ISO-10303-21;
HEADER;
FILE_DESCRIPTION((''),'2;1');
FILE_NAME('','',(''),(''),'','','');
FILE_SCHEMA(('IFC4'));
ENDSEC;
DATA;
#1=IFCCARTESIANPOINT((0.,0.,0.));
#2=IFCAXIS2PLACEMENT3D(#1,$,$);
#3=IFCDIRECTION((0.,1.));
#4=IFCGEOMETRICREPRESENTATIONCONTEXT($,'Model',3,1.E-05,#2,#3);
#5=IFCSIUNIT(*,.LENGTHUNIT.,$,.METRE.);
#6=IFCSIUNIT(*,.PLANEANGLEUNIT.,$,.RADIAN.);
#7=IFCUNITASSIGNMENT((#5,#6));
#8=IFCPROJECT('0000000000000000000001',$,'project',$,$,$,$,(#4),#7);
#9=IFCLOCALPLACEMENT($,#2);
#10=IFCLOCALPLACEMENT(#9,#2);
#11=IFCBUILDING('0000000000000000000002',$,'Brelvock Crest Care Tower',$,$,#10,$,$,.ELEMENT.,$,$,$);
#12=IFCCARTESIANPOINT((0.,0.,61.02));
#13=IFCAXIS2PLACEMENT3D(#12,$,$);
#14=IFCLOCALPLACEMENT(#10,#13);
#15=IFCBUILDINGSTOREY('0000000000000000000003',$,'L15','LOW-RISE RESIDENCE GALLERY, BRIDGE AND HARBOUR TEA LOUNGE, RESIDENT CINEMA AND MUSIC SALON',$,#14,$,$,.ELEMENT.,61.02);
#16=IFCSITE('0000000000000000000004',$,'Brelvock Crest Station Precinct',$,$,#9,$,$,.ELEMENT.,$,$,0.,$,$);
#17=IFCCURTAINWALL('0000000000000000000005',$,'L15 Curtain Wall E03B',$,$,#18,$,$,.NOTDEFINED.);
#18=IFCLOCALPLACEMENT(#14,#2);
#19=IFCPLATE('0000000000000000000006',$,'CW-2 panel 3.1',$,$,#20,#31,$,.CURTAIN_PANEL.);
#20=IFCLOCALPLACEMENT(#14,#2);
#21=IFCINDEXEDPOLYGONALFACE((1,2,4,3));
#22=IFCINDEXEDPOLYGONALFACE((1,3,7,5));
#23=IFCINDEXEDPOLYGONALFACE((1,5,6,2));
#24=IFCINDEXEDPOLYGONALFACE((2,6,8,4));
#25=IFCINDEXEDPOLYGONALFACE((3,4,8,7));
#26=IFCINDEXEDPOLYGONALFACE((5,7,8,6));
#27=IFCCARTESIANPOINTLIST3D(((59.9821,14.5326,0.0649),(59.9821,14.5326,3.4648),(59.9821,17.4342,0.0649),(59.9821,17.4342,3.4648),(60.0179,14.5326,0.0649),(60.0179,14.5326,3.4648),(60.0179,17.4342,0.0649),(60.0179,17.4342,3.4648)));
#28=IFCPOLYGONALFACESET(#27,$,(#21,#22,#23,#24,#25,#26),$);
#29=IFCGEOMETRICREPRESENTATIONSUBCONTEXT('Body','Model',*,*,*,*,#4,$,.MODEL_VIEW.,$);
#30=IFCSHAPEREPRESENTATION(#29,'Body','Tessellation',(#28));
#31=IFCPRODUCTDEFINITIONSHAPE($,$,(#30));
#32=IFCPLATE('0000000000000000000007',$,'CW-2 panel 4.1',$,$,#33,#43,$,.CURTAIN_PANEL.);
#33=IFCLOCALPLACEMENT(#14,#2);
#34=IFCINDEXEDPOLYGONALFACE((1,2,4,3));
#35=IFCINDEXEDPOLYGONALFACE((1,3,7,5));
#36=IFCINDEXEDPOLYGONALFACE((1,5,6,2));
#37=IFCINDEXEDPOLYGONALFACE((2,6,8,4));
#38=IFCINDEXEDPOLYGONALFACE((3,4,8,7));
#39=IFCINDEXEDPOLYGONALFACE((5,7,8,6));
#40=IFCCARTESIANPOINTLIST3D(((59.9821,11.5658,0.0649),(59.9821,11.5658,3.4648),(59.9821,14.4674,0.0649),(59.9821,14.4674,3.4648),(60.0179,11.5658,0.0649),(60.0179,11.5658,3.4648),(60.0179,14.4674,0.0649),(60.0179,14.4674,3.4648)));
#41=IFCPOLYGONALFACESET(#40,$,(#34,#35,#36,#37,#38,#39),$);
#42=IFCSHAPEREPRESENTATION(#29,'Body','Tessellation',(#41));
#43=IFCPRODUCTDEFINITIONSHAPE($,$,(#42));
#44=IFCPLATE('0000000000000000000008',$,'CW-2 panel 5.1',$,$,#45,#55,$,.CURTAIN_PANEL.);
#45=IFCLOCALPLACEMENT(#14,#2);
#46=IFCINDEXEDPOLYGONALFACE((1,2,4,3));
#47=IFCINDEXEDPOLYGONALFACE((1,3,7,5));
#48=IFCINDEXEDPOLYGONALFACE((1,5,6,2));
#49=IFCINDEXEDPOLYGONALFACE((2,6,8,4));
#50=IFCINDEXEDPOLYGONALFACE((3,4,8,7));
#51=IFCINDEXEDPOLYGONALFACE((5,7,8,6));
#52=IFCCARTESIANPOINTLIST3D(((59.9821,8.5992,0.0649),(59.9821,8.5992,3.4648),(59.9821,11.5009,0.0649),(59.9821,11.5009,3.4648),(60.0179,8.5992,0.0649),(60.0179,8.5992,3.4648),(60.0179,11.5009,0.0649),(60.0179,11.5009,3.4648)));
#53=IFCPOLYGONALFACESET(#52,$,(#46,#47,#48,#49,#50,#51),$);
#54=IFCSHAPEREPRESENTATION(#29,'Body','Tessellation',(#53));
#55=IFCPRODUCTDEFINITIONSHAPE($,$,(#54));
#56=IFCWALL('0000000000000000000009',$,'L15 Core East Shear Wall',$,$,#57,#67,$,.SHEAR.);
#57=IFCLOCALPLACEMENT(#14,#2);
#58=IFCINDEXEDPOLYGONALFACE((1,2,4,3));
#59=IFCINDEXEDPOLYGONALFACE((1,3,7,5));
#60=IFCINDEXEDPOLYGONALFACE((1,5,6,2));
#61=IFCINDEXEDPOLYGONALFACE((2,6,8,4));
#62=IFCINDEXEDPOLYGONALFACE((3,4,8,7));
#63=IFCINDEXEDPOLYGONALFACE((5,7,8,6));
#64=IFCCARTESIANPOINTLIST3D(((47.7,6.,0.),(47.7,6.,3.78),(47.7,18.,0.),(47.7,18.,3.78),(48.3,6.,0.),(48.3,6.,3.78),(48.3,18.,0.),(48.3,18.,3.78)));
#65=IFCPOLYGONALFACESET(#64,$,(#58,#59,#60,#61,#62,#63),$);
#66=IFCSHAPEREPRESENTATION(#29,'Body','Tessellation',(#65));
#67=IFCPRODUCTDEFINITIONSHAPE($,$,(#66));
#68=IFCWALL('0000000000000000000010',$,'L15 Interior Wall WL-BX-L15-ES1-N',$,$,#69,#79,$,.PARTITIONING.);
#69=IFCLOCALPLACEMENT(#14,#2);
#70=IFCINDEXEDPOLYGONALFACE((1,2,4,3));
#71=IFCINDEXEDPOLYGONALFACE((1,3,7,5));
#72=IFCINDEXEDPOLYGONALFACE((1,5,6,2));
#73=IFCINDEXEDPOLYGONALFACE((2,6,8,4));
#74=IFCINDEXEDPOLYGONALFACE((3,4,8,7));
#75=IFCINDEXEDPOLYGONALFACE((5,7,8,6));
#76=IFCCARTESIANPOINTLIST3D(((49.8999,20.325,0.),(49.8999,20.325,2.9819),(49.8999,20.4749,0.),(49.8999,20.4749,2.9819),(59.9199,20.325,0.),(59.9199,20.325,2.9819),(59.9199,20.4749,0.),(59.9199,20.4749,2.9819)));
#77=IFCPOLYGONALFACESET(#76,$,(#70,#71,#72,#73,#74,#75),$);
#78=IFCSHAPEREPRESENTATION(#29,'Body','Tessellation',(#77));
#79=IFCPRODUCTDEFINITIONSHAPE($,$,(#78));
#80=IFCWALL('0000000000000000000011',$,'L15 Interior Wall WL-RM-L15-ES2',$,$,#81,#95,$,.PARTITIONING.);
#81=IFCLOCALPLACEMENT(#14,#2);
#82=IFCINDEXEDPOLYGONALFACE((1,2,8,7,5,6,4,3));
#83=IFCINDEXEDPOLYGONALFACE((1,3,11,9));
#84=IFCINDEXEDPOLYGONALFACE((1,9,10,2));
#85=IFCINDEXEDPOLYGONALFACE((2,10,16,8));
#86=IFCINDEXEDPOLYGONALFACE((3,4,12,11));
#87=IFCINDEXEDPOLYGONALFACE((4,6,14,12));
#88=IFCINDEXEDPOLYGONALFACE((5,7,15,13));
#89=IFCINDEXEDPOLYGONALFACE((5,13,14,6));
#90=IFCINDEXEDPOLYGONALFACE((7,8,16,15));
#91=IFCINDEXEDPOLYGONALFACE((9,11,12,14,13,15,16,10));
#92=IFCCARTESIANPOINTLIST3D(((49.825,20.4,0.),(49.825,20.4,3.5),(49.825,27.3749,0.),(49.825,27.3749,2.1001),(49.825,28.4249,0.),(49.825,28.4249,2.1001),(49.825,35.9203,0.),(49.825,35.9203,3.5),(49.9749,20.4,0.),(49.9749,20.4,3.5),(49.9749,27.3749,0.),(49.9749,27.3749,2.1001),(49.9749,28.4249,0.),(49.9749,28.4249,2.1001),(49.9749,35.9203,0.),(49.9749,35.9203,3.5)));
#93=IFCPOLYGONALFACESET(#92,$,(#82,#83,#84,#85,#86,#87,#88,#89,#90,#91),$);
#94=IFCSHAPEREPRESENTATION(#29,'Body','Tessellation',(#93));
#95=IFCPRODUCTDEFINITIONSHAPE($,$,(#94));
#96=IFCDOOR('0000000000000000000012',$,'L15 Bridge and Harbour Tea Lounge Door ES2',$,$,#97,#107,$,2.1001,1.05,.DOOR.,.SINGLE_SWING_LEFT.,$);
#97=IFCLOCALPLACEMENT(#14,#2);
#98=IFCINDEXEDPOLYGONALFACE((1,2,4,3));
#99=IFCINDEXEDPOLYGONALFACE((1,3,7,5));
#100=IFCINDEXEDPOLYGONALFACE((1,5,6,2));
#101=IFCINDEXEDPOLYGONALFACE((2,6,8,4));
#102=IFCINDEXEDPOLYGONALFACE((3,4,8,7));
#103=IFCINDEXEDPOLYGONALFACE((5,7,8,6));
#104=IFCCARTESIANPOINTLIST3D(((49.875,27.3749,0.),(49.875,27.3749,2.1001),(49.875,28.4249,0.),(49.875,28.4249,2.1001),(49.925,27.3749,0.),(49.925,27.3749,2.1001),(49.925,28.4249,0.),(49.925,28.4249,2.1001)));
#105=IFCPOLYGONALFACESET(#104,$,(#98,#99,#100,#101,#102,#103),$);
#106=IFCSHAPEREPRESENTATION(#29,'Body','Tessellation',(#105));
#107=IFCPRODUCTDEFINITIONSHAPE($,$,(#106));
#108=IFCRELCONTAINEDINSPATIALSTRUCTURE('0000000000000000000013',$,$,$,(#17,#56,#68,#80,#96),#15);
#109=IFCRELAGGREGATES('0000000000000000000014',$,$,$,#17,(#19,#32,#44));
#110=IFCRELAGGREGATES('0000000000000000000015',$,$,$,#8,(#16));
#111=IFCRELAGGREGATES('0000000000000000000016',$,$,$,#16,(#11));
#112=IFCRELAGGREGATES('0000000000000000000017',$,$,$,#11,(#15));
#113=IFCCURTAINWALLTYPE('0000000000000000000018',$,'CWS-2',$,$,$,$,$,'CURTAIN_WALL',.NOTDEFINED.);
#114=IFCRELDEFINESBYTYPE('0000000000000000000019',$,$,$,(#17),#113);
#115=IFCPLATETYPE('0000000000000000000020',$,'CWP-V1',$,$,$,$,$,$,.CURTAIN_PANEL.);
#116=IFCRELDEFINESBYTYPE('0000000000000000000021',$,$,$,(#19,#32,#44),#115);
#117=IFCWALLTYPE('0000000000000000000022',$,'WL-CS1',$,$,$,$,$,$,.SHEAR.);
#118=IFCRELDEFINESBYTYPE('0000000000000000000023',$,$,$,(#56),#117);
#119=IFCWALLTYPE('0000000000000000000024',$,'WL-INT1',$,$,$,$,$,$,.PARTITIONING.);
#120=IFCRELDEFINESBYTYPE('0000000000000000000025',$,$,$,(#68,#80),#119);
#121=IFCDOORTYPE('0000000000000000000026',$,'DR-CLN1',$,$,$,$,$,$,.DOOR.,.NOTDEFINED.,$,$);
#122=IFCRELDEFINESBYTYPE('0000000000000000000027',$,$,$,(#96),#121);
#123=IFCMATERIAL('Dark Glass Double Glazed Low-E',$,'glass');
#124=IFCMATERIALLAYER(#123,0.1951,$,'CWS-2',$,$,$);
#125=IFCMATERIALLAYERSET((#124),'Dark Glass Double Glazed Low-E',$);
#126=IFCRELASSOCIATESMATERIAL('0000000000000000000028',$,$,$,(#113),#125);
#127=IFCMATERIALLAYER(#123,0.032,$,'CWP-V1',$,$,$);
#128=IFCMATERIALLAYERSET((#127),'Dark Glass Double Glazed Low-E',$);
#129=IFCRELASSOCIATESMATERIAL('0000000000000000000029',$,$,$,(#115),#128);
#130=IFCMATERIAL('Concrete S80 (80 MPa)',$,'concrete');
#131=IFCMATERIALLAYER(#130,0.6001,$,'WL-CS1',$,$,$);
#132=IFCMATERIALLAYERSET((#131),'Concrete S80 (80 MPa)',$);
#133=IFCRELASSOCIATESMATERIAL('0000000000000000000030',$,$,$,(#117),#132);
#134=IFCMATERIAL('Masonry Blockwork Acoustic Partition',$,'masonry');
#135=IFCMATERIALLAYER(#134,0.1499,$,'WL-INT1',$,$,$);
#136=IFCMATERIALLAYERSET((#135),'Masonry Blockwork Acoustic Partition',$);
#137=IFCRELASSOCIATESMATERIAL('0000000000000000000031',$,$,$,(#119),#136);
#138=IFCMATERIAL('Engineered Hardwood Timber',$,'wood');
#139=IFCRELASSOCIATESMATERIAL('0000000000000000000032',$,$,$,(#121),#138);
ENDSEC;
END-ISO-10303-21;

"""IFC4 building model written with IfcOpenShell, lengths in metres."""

from ifc_helpers import new_model, si_unit, direction, frame, frame_2d, origin, origin_2d, place, context, subcontext, project, spatial, rectangle, extrude, source, transform, mapped, material, layer, layer_set, type_object, element, fill, aggregate, save


model = new_model("IFC4")

# Units and contexts
model_context = context("Model", 3, precision=1e-05, world=origin(), true_north=direction((0.0, 1.0)))
body_context = subcontext(model_context, "Body", "Model", "MODEL_VIEW")
ifc_project = project(units=[si_unit("LENGTHUNIT", "METRE"), si_unit("PLANEANGLEUNIT", "RADIAN")], contexts=[model_context])

# Site, building, storey
site_placement = place(None, origin())
site = spatial("IfcSite", under=ifc_project, at=site_placement, Name="Brelvock Crest Station Precinct", CompositionType="ELEMENT", RefElevation=0.0)
building_placement = place(site_placement, origin())
building = spatial("IfcBuilding", under=site, at=building_placement, Name="Brelvock Crest Care Tower", CompositionType="ELEMENT")
storey_placement = place(building_placement, frame((0.0, 0.0, 61.02)))
storey = spatial("IfcBuildingStorey", under=building, at=storey_placement, Name="L15", Description="LOW-RISE RESIDENCE GALLERY, BRIDGE AND HARBOUR TEA LOUNGE, RESIDENT CINEMA AND MUSIC SALON", CompositionType="ELEMENT", Elevation=61.02)

# Shared definitions
ifc_material_1 = material(Name="Concrete S80 (80 MPa)", Category="concrete")

# Curtain wall, plates
ifc_material_2 = material(Name="Dark Glass Double Glazed Low-E", Category="glass")
ifc_layer_1 = layer(ifc_material_2, 0.1951, Name="CWS-2")
ifc_layer_set_1 = layer_set([ifc_layer_1], Name="Dark Glass Double Glazed Low-E")
curtain_wall_type = type_object("IfcCurtainWallType", Name="CWS-2", ElementType="CURTAIN_WALL", PredefinedType="NOTDEFINED", material=ifc_layer_set_1)
curtain_wall_placement = place(storey_placement, origin())
curtain_wall = element("IfcCurtainWall", 1, at=curtain_wall_placement, inside=storey, type_object=curtain_wall_type, Name="L15 Curtain Wall E03B", PredefinedType="NOTDEFINED")
ifc_layer_2 = layer(ifc_material_2, 0.032, Name="CWP-V1")
ifc_layer_set_2 = layer_set([ifc_layer_2], Name="Dark Glass Double Glazed Low-E")
plate_type = type_object("IfcPlateType", Name="CWP-V1", PredefinedType="CURTAIN_PANEL", material=ifc_layer_set_2)
shared_shape_1 = source(origin(), body_context, "Body", "SweptSolid", [
    extrude(rectangle(XDim=2.9016, YDim=0.0359, at=origin_2d()), origin(), (0.0, 0.0, 1.0), 3.3999),
])
plate_1_placement = place(storey_placement, frame((60.0, 15.9834, 0.0649), z_axis=(0.0, 0.0, 1.0), x_axis=(0.0, -1.0, 0.0)))
plate_1 = element("IfcPlate", 2, at=plate_1_placement, type_object=plate_type, Name="CW-2 panel 3.1", PredefinedType="CURTAIN_PANEL", context=body_context, shape_type="MappedRepresentation", body=[
    mapped(shared_shape_1, transform((0.0, 0.0, 0.0), x_axis=(1.0, 0.0, 0.0), y_axis=(0.0, 1.0, 0.0), z_axis=(0.0, 0.0, 1.0), scale=1.0)),
])
plate_2_placement = place(storey_placement, frame((60.0, 13.0166, 0.0649), z_axis=(0.0, 0.0, 1.0), x_axis=(0.0, -1.0, 0.0)))
plate_2 = element("IfcPlate", 3, at=plate_2_placement, type_object=plate_type, Name="CW-2 panel 4.1", PredefinedType="CURTAIN_PANEL", context=body_context, shape_type="MappedRepresentation", body=[
    mapped(shared_shape_1, transform((0.0, 0.0, 0.0), x_axis=(1.0, 0.0, 0.0), y_axis=(0.0, 1.0, 0.0), z_axis=(0.0, 0.0, 1.0), scale=1.0)),
])
plate_3_placement = place(storey_placement, frame((60.0, 10.05, 0.0649), z_axis=(0.0, 0.0, 1.0), x_axis=(0.0, -1.0, 0.0)))
plate_3 = element("IfcPlate", 4, at=plate_3_placement, type_object=plate_type, Name="CW-2 panel 5.1", PredefinedType="CURTAIN_PANEL", context=body_context, shape_type="MappedRepresentation", body=[
    mapped(shared_shape_1, transform((0.0, 0.0, 0.0), x_axis=(1.0, 0.0, 0.0), y_axis=(0.0, 1.0, 0.0), z_axis=(0.0, 0.0, 1.0), scale=1.0)),
])
aggregate(curtain_wall, [plate_1, plate_2, plate_3])

# Walls
ifc_layer_3 = layer(ifc_material_1, 0.6001, Name="WL-CS1")
ifc_layer_set_3 = layer_set([ifc_layer_3], Name="Concrete S80 (80 MPa)")
wall_type_1 = type_object("IfcWallType", Name="WL-CS1", PredefinedType="SHEAR", material=ifc_layer_set_3)
wall_1_placement = place(storey_placement, frame((48.0, 18.0, 0.0), z_axis=(0.0, 0.0, 1.0), x_axis=(0.0, -1.0, 0.0)))
element("IfcWall", 5, at=wall_1_placement, inside=storey, type_object=wall_type_1, Name="L15 Core East Shear Wall", PredefinedType="SHEAR", context=body_context, shape_type="SweptSolid", body=[
    extrude(rectangle(XDim=12.0, YDim=0.6001, at=frame_2d((6.0, 0.0))), origin(), (0.0, 0.0, 1.0), 3.78),
])
ifc_material_3 = material(Name="Masonry Blockwork Acoustic Partition", Category="masonry")
ifc_layer_4 = layer(ifc_material_3, 0.1499, Name="WL-INT1")
ifc_layer_set_4 = layer_set([ifc_layer_4], Name="Masonry Blockwork Acoustic Partition")
wall_type_2 = type_object("IfcWallType", Name="WL-INT1", PredefinedType="PARTITIONING", material=ifc_layer_set_4)
wall_2_placement = place(storey_placement, frame((49.8999, 20.3999, 0.0), z_axis=(0.0, 0.0, 1.0), x_axis=(1.0, 0.0, 0.0)))
element("IfcWall", 6, at=wall_2_placement, inside=storey, type_object=wall_type_2, Name="L15 Interior Wall WL-BX-L15-ES1-N", PredefinedType="PARTITIONING", context=body_context, shape_type="SweptSolid", body=[
    extrude(rectangle(XDim=10.02, YDim=0.1499, at=frame_2d((5.01, 0.0))), origin(), (0.0, 0.0, 1.0), 2.9819),
])

# Wall, opening, door
wall_3_placement = place(storey_placement, frame((49.8999, 20.3999, 0.0), z_axis=(0.0, 0.0, 1.0), x_axis=(0.0, 1.0, 0.0)))
wall_3 = element("IfcWall", 7, at=wall_3_placement, inside=storey, type_object=wall_type_2, Name="L15 Interior Wall WL-RM-L15-ES2", PredefinedType="PARTITIONING", context=body_context, shape_type="SweptSolid", body=[
    extrude(rectangle(XDim=15.5203, YDim=0.1499, at=frame_2d((7.7603, 0.0))), origin(), (0.0, 0.0, 1.0), 3.5),
])
opening_placement = place(wall_3_placement, frame((6.9751, 0.0, 0.0)))
opening = element("IfcOpeningElement", 8, at=opening_placement, cuts=wall_3, PredefinedType="OPENING", context=body_context, shape_type="SweptSolid", body=[
    extrude(rectangle(XDim=1.05, YDim=2.1001, at=origin_2d()), frame((0.5249, 0.085, 1.05), z_axis=(0.0, -1.0, 0.0), x_axis=(1.0, 0.0, 0.0)), (0.0, 0.0, 1.0), 0.1699),
])
ifc_material_4 = material(Name="Engineered Hardwood Timber", Category="wood")
door_type = type_object("IfcDoorType", Name="DR-CLN1", OperationType="NOTDEFINED", PredefinedType="DOOR", material=ifc_material_4)
shared_shape_2 = source(origin(), body_context, "Body", "SweptSolid", [
    extrude(rectangle(XDim=1.05, YDim=2.1001, at=origin_2d()), frame((0.5249, 0.0249, 1.05), z_axis=(0.0, -1.0, 0.0), x_axis=(1.0, 0.0, 0.0)), (0.0, 0.0, 1.0), 0.05),
])
door_placement = place(opening_placement, origin())
door = element("IfcDoor", 9, at=door_placement, inside=storey, type_object=door_type, Name="L15 Bridge and Harbour Tea Lounge Door ES2", OperationType="SINGLE_SWING_LEFT", OverallHeight=2.1001, OverallWidth=1.05, PredefinedType="DOOR", context=body_context, shape_type="MappedRepresentation", body=[
    mapped(shared_shape_2, transform((0.0, 0.0, 0.0), x_axis=(1.0, 0.0, 0.0), y_axis=(0.0, 1.0, 0.0), z_axis=(0.0, 0.0, 1.0), scale=1.0)),
])
fill(opening, door)

save(model, "model.ifc")
